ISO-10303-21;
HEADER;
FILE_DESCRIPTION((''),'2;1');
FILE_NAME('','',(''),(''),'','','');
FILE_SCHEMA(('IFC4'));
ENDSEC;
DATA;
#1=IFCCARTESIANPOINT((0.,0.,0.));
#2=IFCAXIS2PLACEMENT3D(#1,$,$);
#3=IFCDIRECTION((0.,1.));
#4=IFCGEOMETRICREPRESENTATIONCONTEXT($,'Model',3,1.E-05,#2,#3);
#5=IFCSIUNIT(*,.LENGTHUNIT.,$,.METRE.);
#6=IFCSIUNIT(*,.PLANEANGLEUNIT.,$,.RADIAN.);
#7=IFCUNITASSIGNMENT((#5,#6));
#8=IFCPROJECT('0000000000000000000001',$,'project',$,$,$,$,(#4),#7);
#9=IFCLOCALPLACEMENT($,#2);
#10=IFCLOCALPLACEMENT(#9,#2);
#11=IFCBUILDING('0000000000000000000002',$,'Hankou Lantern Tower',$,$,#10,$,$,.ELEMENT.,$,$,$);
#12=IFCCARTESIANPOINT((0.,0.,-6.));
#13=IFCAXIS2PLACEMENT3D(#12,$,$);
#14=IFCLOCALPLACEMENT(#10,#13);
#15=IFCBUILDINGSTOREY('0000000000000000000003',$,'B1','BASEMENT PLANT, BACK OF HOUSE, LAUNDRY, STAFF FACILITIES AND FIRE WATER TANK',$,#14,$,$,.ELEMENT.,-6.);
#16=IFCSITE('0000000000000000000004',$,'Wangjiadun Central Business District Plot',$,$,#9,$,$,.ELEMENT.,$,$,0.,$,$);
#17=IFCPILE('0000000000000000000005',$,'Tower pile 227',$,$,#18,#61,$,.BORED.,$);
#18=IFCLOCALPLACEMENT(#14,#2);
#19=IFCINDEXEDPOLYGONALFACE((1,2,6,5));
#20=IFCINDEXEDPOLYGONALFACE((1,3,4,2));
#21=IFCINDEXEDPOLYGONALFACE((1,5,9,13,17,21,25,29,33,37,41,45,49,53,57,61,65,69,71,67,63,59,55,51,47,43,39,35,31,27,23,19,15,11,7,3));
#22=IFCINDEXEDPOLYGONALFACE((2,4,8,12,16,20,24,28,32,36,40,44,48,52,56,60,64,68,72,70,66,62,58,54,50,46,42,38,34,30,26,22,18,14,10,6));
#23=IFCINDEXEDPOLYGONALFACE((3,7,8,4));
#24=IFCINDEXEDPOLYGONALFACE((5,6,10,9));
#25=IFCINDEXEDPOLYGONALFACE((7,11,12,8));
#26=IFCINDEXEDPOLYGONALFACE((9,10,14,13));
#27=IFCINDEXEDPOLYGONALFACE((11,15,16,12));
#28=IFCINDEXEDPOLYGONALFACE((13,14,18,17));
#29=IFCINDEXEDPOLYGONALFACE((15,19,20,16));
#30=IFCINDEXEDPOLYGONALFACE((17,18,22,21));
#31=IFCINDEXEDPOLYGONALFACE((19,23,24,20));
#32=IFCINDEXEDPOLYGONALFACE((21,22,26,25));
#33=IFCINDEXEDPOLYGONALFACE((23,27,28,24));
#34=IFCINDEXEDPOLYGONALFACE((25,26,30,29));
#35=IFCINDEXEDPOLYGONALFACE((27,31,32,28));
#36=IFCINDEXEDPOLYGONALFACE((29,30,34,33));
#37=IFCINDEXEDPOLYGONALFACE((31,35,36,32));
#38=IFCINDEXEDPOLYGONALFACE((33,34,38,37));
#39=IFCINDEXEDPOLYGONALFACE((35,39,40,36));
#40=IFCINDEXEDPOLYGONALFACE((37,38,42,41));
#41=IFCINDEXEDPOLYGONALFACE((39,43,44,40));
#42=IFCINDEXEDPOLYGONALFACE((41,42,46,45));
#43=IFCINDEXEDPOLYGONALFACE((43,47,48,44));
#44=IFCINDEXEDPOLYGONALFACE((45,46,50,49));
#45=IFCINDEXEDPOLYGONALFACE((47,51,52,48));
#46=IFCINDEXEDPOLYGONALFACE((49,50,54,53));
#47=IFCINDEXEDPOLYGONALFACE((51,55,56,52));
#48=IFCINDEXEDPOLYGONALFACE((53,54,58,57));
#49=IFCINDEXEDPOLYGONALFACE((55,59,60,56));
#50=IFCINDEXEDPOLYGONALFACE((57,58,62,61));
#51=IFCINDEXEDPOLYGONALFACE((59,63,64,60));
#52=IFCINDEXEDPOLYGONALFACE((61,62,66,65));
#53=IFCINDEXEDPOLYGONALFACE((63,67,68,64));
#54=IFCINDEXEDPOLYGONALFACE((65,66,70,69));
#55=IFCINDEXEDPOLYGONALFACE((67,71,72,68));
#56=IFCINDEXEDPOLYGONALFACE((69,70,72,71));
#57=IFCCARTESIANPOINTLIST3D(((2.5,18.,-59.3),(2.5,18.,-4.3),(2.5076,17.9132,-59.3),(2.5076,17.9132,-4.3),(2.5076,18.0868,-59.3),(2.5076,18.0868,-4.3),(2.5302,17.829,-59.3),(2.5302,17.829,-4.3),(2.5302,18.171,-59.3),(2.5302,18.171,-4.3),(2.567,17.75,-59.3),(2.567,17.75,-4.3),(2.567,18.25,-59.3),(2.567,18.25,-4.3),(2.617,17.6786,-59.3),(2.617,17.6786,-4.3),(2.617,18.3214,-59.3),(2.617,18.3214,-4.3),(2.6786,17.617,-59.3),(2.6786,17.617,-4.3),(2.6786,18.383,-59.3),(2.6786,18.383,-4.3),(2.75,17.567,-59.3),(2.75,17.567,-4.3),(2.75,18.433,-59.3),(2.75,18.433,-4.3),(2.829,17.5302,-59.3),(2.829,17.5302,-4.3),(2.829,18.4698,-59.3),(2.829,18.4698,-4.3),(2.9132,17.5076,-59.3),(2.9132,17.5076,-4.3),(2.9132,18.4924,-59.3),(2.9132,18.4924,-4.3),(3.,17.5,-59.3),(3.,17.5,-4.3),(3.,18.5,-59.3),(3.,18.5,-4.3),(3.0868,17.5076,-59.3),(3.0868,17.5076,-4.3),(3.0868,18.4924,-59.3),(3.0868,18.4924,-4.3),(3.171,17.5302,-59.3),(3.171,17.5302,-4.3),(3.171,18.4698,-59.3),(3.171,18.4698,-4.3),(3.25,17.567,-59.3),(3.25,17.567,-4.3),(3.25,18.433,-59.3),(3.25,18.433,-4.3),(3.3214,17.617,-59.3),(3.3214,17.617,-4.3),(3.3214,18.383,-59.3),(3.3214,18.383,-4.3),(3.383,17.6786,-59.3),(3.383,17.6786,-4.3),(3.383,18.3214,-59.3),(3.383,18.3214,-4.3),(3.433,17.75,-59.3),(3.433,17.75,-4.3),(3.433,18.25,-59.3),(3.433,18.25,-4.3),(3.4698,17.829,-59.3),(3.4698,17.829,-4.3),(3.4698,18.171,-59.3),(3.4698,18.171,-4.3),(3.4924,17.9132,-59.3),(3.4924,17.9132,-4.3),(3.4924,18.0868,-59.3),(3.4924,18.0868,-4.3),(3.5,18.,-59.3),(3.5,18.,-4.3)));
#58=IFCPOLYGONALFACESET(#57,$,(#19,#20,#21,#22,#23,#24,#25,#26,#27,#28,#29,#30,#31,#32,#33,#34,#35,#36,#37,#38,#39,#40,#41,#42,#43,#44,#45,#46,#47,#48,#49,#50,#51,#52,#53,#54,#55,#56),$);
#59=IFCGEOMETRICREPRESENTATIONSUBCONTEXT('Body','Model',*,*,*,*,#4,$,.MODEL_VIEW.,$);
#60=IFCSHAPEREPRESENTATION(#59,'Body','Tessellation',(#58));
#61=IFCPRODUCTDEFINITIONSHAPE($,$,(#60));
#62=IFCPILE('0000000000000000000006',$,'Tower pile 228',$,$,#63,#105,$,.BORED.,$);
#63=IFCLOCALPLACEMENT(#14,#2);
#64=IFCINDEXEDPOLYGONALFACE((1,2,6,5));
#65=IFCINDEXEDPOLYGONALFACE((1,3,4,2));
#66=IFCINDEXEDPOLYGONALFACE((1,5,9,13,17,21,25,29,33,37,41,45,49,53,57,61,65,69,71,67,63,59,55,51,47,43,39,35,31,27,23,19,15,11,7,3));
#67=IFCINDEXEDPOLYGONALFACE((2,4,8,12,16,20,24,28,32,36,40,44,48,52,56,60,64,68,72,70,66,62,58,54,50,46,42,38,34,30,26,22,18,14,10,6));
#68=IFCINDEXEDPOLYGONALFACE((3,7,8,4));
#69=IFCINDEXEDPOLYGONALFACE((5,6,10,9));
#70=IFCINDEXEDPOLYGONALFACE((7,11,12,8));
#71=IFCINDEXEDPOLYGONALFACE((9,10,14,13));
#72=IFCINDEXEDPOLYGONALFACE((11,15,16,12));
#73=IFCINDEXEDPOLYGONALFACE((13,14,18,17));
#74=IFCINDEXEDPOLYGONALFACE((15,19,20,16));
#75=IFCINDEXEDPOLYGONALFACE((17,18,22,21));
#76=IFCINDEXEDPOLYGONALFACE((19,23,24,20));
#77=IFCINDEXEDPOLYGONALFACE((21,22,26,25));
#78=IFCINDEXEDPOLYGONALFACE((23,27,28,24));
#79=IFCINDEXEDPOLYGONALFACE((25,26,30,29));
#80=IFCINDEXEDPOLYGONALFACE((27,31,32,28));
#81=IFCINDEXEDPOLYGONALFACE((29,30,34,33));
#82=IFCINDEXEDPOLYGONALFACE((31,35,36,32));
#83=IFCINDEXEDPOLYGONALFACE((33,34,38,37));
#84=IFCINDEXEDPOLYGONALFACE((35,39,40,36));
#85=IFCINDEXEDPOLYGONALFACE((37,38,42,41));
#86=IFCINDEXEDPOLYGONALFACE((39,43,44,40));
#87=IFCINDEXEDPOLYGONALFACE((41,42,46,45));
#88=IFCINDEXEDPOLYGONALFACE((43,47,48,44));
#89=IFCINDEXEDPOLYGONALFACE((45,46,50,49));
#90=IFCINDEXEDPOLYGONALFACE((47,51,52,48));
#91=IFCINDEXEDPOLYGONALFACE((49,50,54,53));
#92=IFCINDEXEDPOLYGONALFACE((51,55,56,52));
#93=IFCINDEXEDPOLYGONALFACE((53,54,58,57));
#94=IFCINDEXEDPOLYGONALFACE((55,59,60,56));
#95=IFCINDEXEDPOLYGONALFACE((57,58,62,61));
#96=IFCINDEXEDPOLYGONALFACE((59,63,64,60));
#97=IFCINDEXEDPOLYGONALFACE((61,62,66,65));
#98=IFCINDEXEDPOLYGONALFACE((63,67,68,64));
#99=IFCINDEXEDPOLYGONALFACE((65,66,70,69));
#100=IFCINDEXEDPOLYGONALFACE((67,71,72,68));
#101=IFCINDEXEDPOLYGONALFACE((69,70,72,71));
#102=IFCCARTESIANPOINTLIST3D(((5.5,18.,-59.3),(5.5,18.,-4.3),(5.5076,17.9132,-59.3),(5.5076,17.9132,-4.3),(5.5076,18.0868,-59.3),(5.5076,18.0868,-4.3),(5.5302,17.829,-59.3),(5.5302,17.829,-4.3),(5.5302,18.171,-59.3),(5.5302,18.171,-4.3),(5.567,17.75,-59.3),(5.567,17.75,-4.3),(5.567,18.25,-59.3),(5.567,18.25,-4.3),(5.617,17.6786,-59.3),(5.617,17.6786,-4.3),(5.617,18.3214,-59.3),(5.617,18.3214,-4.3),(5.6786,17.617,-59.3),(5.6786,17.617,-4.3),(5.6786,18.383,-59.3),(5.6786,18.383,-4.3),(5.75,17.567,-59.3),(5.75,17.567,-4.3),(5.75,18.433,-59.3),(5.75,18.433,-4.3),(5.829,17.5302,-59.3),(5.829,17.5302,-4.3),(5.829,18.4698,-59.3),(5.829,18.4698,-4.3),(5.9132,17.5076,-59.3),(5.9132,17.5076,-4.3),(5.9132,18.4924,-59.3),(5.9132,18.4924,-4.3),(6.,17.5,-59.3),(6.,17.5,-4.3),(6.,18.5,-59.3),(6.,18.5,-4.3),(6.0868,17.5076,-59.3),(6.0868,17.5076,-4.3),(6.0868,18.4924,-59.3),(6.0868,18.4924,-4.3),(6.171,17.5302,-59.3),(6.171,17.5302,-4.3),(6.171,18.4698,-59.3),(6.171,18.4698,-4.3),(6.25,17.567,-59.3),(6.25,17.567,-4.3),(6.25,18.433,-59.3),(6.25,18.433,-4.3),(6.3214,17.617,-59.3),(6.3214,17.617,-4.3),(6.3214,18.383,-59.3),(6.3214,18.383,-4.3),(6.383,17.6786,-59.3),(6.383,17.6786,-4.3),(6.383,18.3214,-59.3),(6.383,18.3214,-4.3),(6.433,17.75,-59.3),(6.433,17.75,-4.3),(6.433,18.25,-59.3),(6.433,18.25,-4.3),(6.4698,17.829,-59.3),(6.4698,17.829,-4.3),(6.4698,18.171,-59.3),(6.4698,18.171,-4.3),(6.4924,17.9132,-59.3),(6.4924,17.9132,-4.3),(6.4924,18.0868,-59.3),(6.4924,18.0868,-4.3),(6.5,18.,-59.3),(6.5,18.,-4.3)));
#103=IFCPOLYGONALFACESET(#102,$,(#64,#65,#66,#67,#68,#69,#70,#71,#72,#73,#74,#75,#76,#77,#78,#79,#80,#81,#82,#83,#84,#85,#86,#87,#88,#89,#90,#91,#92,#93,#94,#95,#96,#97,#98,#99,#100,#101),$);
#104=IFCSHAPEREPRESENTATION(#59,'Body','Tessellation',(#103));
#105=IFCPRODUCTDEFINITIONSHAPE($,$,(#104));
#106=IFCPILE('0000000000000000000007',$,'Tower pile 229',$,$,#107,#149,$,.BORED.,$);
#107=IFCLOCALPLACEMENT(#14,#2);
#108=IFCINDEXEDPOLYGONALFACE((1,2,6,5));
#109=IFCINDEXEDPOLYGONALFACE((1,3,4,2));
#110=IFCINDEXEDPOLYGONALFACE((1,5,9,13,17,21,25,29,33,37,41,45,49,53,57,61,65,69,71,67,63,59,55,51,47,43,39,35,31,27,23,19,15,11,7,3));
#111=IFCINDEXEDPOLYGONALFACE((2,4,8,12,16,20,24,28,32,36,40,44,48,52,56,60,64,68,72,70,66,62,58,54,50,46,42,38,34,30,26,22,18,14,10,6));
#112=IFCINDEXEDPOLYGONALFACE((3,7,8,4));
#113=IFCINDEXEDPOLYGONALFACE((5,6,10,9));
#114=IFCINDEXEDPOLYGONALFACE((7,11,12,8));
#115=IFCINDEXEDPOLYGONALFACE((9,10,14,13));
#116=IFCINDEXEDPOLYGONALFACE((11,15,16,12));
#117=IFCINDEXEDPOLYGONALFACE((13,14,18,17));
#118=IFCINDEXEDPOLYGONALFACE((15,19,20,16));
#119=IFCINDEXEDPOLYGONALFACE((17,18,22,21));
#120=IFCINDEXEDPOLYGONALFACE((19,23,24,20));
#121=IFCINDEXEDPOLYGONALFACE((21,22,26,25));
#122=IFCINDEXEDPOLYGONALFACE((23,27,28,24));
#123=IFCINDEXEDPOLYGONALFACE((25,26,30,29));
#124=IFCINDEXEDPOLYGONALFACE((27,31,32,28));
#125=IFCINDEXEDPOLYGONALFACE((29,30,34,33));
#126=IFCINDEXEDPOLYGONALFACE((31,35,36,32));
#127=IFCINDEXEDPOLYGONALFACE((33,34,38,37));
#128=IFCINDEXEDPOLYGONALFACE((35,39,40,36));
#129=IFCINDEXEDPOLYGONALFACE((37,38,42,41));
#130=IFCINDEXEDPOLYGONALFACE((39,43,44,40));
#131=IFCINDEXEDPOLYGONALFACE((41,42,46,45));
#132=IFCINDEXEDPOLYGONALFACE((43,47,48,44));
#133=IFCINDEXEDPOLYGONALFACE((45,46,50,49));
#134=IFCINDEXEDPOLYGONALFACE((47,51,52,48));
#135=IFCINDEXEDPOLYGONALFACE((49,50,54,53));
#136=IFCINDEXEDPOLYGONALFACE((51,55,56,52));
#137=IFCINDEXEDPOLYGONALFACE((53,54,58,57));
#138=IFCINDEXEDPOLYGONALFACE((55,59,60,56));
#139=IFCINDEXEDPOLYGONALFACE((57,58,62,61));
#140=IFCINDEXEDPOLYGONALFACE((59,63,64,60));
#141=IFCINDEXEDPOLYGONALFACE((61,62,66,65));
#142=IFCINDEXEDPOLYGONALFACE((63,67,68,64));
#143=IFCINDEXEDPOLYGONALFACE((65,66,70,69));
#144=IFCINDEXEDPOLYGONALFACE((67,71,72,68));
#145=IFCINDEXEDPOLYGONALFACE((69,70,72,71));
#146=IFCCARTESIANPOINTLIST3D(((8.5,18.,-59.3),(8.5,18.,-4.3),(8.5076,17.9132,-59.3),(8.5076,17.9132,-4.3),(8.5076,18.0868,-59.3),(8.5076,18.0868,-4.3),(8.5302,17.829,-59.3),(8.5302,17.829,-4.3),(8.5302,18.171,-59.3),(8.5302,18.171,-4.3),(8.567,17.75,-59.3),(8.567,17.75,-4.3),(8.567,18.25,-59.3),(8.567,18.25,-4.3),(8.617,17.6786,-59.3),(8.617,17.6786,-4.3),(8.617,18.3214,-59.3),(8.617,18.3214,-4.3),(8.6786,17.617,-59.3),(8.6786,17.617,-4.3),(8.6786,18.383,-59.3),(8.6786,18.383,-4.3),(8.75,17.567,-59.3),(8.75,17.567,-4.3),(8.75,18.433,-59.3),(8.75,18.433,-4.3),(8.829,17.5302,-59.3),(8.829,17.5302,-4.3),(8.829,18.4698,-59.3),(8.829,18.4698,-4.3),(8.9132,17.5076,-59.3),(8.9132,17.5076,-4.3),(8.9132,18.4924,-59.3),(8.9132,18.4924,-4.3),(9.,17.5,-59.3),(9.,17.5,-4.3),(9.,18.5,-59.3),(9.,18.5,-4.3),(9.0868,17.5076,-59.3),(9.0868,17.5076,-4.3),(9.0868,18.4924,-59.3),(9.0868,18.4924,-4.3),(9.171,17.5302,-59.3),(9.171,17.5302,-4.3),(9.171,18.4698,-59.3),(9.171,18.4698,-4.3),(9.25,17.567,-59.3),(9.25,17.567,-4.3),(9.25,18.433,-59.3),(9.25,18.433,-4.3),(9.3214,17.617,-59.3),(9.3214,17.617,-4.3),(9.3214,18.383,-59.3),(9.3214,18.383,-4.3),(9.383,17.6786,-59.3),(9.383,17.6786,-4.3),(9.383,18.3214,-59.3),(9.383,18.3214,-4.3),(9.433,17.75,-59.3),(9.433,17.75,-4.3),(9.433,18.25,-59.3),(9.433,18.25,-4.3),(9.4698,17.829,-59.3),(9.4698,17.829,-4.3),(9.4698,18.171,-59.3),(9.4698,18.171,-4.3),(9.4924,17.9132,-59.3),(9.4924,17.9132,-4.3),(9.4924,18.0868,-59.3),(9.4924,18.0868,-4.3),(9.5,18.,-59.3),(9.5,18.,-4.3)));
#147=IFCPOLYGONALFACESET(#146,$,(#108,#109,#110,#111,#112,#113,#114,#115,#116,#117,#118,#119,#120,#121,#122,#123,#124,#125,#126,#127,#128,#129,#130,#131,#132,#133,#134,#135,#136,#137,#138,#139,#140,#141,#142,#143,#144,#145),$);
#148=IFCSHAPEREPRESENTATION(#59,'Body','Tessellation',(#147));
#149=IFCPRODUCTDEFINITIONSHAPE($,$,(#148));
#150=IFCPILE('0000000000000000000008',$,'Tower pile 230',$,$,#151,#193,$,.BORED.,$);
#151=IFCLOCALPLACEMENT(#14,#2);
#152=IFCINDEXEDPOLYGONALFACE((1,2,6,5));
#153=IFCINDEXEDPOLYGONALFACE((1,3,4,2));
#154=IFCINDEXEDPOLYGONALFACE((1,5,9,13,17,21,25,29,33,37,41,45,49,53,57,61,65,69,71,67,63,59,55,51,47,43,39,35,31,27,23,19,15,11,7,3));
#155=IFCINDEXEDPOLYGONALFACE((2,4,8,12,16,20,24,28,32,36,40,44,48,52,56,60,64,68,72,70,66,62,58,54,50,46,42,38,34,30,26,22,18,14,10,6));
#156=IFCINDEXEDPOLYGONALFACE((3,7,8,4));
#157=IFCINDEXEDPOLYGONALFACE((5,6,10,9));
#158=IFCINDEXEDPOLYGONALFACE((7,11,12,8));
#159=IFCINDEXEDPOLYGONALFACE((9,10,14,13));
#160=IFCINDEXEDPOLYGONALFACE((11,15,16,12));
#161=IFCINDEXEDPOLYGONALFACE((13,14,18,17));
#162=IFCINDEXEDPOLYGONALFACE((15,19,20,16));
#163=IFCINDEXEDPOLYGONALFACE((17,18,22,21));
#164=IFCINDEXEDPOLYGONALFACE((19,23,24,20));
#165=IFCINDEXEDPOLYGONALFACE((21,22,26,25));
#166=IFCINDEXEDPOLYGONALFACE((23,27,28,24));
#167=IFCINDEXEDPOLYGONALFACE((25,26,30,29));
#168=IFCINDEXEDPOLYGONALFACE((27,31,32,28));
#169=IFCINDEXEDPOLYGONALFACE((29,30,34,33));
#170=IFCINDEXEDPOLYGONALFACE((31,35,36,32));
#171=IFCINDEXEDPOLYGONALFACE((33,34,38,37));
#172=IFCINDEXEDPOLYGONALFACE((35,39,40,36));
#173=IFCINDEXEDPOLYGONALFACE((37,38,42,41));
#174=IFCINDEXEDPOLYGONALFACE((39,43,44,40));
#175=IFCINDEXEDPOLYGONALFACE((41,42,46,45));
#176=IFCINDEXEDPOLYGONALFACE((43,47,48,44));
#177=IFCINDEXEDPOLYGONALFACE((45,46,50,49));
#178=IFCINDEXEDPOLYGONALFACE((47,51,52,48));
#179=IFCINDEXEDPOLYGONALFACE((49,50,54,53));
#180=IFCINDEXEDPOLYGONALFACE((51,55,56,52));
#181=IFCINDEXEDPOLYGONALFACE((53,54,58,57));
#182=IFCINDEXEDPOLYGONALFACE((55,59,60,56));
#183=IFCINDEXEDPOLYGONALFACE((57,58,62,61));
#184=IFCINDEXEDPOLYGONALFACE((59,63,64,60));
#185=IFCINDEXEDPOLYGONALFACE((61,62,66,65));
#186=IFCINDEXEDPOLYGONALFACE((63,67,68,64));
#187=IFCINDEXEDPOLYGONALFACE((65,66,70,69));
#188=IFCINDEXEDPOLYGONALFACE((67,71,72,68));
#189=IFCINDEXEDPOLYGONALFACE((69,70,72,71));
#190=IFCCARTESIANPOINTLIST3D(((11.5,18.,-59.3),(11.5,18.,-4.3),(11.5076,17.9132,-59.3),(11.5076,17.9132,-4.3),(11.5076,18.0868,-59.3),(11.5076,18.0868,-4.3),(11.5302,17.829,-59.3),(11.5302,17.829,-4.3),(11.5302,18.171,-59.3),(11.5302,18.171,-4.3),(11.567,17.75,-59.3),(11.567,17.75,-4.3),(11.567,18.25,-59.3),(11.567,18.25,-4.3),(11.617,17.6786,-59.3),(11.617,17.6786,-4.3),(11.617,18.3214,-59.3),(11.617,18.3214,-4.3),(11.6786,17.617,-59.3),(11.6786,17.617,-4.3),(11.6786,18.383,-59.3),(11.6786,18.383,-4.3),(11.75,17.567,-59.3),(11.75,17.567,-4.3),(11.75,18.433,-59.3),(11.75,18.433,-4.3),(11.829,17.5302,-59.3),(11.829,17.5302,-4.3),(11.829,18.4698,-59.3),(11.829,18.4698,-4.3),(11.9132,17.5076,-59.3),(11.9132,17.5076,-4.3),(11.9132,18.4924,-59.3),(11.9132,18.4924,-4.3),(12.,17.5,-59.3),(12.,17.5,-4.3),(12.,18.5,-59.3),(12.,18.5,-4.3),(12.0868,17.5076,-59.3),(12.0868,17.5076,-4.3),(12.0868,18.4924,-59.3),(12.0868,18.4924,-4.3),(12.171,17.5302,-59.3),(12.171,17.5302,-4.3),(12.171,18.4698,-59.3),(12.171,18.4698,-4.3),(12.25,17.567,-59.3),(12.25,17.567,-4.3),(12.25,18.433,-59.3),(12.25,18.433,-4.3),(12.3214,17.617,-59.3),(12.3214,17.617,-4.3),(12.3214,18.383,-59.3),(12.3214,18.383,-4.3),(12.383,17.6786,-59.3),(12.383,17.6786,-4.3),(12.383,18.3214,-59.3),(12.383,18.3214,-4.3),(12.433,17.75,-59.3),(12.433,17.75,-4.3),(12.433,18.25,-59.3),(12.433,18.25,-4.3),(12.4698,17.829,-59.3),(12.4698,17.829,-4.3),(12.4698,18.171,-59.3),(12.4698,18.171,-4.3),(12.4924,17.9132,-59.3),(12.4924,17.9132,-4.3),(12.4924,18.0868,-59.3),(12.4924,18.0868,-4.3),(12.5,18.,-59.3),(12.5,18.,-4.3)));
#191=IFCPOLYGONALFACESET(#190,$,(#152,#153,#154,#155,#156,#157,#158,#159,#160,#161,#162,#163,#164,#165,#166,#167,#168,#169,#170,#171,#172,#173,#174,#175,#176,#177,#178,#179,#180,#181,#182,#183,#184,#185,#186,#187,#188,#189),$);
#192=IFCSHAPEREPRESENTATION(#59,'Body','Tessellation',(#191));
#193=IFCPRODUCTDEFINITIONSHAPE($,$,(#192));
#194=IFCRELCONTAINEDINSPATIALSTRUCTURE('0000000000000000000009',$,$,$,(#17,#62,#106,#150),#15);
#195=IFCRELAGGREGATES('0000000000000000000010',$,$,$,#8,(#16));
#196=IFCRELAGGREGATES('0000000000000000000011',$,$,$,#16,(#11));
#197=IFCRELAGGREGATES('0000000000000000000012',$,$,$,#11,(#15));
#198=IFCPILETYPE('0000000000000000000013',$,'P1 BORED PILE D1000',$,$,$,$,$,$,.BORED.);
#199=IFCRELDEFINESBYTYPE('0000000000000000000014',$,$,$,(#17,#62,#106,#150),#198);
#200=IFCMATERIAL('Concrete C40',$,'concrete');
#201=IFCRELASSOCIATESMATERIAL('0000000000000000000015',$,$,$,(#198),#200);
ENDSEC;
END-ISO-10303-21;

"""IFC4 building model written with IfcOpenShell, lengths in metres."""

from ifc_helpers import new_model, si_unit, direction, frame, origin, origin_2d, place, context, subcontext, project, spatial, circle, extrude, material, material_profile, profile_set, type_object, element, save


model = new_model("IFC4")

# Units and contexts
model_context = context("Model", 3, precision=1e-05, world=origin(), true_north=direction((0.0, 1.0)))
body_context = subcontext(model_context, "Body", "Model", "MODEL_VIEW")
ifc_project = project(units=[si_unit("LENGTHUNIT", "METRE"), si_unit("PLANEANGLEUNIT", "RADIAN")], contexts=[model_context])

# Site, building, storey
site_placement = place(None, origin())
site = spatial("IfcSite", under=ifc_project, at=site_placement, Name="Wangjiadun Central Business District Plot", CompositionType="ELEMENT", RefElevation=0.0)
building_placement = place(site_placement, origin())
building = spatial("IfcBuilding", under=site, at=building_placement, Name="Hankou Lantern Tower", CompositionType="ELEMENT")
storey_placement = place(building_placement, frame((0.0, 0.0, -6.0)))
storey = spatial("IfcBuildingStorey", under=building, at=storey_placement, Name="B1", Description="BASEMENT PLANT, BACK OF HOUSE, LAUNDRY, STAFF FACILITIES AND FIRE WATER TANK", CompositionType="ELEMENT", Elevation=-6.0)

# Piles
ifc_material_1 = material(Name="Concrete C40", Category="concrete")
ifc_material_profile_1 = material_profile(ifc_material_1, circle(Radius=0.5, at=origin_2d()), Name="RC D1000")
ifc_profile_set_1 = profile_set([ifc_material_profile_1], Name="Concrete C40")
pile_type = type_object("IfcPileType", Name="P1 BORED PILE D1000", PredefinedType="BORED", material=ifc_profile_set_1)
for number, where, z_axis, x_axis, name in (
    (1, (3.0, 18.0, -4.3), (0.0, 0.0, -1.0), (1.0, 0.0, 0.0), "Tower pile 227"),
    (2, (6.0, 18.0, -4.3), (0.0, 0.0, -1.0), (1.0, 0.0, 0.0), "Tower pile 228"),
    (3, (9.0, 18.0, -4.3), (0.0, 0.0, -1.0), (1.0, 0.0, 0.0), "Tower pile 229"),
    (4, (12.0, 18.0, -4.3), (0.0, 0.0, -1.0), (1.0, 0.0, 0.0), "Tower pile 230"),
):
    element("IfcPile", number, at=place(storey_placement, frame(where, z_axis=z_axis, x_axis=x_axis)), inside=storey, type_object=pile_type, Name=name, PredefinedType="BORED", context=body_context, shape_type="SweptSolid", body=[
        extrude(circle(Radius=0.5, at=origin_2d()), origin(), (0.0, 0.0, 1.0), 55.0),
    ])

save(model, "model.ifc")
